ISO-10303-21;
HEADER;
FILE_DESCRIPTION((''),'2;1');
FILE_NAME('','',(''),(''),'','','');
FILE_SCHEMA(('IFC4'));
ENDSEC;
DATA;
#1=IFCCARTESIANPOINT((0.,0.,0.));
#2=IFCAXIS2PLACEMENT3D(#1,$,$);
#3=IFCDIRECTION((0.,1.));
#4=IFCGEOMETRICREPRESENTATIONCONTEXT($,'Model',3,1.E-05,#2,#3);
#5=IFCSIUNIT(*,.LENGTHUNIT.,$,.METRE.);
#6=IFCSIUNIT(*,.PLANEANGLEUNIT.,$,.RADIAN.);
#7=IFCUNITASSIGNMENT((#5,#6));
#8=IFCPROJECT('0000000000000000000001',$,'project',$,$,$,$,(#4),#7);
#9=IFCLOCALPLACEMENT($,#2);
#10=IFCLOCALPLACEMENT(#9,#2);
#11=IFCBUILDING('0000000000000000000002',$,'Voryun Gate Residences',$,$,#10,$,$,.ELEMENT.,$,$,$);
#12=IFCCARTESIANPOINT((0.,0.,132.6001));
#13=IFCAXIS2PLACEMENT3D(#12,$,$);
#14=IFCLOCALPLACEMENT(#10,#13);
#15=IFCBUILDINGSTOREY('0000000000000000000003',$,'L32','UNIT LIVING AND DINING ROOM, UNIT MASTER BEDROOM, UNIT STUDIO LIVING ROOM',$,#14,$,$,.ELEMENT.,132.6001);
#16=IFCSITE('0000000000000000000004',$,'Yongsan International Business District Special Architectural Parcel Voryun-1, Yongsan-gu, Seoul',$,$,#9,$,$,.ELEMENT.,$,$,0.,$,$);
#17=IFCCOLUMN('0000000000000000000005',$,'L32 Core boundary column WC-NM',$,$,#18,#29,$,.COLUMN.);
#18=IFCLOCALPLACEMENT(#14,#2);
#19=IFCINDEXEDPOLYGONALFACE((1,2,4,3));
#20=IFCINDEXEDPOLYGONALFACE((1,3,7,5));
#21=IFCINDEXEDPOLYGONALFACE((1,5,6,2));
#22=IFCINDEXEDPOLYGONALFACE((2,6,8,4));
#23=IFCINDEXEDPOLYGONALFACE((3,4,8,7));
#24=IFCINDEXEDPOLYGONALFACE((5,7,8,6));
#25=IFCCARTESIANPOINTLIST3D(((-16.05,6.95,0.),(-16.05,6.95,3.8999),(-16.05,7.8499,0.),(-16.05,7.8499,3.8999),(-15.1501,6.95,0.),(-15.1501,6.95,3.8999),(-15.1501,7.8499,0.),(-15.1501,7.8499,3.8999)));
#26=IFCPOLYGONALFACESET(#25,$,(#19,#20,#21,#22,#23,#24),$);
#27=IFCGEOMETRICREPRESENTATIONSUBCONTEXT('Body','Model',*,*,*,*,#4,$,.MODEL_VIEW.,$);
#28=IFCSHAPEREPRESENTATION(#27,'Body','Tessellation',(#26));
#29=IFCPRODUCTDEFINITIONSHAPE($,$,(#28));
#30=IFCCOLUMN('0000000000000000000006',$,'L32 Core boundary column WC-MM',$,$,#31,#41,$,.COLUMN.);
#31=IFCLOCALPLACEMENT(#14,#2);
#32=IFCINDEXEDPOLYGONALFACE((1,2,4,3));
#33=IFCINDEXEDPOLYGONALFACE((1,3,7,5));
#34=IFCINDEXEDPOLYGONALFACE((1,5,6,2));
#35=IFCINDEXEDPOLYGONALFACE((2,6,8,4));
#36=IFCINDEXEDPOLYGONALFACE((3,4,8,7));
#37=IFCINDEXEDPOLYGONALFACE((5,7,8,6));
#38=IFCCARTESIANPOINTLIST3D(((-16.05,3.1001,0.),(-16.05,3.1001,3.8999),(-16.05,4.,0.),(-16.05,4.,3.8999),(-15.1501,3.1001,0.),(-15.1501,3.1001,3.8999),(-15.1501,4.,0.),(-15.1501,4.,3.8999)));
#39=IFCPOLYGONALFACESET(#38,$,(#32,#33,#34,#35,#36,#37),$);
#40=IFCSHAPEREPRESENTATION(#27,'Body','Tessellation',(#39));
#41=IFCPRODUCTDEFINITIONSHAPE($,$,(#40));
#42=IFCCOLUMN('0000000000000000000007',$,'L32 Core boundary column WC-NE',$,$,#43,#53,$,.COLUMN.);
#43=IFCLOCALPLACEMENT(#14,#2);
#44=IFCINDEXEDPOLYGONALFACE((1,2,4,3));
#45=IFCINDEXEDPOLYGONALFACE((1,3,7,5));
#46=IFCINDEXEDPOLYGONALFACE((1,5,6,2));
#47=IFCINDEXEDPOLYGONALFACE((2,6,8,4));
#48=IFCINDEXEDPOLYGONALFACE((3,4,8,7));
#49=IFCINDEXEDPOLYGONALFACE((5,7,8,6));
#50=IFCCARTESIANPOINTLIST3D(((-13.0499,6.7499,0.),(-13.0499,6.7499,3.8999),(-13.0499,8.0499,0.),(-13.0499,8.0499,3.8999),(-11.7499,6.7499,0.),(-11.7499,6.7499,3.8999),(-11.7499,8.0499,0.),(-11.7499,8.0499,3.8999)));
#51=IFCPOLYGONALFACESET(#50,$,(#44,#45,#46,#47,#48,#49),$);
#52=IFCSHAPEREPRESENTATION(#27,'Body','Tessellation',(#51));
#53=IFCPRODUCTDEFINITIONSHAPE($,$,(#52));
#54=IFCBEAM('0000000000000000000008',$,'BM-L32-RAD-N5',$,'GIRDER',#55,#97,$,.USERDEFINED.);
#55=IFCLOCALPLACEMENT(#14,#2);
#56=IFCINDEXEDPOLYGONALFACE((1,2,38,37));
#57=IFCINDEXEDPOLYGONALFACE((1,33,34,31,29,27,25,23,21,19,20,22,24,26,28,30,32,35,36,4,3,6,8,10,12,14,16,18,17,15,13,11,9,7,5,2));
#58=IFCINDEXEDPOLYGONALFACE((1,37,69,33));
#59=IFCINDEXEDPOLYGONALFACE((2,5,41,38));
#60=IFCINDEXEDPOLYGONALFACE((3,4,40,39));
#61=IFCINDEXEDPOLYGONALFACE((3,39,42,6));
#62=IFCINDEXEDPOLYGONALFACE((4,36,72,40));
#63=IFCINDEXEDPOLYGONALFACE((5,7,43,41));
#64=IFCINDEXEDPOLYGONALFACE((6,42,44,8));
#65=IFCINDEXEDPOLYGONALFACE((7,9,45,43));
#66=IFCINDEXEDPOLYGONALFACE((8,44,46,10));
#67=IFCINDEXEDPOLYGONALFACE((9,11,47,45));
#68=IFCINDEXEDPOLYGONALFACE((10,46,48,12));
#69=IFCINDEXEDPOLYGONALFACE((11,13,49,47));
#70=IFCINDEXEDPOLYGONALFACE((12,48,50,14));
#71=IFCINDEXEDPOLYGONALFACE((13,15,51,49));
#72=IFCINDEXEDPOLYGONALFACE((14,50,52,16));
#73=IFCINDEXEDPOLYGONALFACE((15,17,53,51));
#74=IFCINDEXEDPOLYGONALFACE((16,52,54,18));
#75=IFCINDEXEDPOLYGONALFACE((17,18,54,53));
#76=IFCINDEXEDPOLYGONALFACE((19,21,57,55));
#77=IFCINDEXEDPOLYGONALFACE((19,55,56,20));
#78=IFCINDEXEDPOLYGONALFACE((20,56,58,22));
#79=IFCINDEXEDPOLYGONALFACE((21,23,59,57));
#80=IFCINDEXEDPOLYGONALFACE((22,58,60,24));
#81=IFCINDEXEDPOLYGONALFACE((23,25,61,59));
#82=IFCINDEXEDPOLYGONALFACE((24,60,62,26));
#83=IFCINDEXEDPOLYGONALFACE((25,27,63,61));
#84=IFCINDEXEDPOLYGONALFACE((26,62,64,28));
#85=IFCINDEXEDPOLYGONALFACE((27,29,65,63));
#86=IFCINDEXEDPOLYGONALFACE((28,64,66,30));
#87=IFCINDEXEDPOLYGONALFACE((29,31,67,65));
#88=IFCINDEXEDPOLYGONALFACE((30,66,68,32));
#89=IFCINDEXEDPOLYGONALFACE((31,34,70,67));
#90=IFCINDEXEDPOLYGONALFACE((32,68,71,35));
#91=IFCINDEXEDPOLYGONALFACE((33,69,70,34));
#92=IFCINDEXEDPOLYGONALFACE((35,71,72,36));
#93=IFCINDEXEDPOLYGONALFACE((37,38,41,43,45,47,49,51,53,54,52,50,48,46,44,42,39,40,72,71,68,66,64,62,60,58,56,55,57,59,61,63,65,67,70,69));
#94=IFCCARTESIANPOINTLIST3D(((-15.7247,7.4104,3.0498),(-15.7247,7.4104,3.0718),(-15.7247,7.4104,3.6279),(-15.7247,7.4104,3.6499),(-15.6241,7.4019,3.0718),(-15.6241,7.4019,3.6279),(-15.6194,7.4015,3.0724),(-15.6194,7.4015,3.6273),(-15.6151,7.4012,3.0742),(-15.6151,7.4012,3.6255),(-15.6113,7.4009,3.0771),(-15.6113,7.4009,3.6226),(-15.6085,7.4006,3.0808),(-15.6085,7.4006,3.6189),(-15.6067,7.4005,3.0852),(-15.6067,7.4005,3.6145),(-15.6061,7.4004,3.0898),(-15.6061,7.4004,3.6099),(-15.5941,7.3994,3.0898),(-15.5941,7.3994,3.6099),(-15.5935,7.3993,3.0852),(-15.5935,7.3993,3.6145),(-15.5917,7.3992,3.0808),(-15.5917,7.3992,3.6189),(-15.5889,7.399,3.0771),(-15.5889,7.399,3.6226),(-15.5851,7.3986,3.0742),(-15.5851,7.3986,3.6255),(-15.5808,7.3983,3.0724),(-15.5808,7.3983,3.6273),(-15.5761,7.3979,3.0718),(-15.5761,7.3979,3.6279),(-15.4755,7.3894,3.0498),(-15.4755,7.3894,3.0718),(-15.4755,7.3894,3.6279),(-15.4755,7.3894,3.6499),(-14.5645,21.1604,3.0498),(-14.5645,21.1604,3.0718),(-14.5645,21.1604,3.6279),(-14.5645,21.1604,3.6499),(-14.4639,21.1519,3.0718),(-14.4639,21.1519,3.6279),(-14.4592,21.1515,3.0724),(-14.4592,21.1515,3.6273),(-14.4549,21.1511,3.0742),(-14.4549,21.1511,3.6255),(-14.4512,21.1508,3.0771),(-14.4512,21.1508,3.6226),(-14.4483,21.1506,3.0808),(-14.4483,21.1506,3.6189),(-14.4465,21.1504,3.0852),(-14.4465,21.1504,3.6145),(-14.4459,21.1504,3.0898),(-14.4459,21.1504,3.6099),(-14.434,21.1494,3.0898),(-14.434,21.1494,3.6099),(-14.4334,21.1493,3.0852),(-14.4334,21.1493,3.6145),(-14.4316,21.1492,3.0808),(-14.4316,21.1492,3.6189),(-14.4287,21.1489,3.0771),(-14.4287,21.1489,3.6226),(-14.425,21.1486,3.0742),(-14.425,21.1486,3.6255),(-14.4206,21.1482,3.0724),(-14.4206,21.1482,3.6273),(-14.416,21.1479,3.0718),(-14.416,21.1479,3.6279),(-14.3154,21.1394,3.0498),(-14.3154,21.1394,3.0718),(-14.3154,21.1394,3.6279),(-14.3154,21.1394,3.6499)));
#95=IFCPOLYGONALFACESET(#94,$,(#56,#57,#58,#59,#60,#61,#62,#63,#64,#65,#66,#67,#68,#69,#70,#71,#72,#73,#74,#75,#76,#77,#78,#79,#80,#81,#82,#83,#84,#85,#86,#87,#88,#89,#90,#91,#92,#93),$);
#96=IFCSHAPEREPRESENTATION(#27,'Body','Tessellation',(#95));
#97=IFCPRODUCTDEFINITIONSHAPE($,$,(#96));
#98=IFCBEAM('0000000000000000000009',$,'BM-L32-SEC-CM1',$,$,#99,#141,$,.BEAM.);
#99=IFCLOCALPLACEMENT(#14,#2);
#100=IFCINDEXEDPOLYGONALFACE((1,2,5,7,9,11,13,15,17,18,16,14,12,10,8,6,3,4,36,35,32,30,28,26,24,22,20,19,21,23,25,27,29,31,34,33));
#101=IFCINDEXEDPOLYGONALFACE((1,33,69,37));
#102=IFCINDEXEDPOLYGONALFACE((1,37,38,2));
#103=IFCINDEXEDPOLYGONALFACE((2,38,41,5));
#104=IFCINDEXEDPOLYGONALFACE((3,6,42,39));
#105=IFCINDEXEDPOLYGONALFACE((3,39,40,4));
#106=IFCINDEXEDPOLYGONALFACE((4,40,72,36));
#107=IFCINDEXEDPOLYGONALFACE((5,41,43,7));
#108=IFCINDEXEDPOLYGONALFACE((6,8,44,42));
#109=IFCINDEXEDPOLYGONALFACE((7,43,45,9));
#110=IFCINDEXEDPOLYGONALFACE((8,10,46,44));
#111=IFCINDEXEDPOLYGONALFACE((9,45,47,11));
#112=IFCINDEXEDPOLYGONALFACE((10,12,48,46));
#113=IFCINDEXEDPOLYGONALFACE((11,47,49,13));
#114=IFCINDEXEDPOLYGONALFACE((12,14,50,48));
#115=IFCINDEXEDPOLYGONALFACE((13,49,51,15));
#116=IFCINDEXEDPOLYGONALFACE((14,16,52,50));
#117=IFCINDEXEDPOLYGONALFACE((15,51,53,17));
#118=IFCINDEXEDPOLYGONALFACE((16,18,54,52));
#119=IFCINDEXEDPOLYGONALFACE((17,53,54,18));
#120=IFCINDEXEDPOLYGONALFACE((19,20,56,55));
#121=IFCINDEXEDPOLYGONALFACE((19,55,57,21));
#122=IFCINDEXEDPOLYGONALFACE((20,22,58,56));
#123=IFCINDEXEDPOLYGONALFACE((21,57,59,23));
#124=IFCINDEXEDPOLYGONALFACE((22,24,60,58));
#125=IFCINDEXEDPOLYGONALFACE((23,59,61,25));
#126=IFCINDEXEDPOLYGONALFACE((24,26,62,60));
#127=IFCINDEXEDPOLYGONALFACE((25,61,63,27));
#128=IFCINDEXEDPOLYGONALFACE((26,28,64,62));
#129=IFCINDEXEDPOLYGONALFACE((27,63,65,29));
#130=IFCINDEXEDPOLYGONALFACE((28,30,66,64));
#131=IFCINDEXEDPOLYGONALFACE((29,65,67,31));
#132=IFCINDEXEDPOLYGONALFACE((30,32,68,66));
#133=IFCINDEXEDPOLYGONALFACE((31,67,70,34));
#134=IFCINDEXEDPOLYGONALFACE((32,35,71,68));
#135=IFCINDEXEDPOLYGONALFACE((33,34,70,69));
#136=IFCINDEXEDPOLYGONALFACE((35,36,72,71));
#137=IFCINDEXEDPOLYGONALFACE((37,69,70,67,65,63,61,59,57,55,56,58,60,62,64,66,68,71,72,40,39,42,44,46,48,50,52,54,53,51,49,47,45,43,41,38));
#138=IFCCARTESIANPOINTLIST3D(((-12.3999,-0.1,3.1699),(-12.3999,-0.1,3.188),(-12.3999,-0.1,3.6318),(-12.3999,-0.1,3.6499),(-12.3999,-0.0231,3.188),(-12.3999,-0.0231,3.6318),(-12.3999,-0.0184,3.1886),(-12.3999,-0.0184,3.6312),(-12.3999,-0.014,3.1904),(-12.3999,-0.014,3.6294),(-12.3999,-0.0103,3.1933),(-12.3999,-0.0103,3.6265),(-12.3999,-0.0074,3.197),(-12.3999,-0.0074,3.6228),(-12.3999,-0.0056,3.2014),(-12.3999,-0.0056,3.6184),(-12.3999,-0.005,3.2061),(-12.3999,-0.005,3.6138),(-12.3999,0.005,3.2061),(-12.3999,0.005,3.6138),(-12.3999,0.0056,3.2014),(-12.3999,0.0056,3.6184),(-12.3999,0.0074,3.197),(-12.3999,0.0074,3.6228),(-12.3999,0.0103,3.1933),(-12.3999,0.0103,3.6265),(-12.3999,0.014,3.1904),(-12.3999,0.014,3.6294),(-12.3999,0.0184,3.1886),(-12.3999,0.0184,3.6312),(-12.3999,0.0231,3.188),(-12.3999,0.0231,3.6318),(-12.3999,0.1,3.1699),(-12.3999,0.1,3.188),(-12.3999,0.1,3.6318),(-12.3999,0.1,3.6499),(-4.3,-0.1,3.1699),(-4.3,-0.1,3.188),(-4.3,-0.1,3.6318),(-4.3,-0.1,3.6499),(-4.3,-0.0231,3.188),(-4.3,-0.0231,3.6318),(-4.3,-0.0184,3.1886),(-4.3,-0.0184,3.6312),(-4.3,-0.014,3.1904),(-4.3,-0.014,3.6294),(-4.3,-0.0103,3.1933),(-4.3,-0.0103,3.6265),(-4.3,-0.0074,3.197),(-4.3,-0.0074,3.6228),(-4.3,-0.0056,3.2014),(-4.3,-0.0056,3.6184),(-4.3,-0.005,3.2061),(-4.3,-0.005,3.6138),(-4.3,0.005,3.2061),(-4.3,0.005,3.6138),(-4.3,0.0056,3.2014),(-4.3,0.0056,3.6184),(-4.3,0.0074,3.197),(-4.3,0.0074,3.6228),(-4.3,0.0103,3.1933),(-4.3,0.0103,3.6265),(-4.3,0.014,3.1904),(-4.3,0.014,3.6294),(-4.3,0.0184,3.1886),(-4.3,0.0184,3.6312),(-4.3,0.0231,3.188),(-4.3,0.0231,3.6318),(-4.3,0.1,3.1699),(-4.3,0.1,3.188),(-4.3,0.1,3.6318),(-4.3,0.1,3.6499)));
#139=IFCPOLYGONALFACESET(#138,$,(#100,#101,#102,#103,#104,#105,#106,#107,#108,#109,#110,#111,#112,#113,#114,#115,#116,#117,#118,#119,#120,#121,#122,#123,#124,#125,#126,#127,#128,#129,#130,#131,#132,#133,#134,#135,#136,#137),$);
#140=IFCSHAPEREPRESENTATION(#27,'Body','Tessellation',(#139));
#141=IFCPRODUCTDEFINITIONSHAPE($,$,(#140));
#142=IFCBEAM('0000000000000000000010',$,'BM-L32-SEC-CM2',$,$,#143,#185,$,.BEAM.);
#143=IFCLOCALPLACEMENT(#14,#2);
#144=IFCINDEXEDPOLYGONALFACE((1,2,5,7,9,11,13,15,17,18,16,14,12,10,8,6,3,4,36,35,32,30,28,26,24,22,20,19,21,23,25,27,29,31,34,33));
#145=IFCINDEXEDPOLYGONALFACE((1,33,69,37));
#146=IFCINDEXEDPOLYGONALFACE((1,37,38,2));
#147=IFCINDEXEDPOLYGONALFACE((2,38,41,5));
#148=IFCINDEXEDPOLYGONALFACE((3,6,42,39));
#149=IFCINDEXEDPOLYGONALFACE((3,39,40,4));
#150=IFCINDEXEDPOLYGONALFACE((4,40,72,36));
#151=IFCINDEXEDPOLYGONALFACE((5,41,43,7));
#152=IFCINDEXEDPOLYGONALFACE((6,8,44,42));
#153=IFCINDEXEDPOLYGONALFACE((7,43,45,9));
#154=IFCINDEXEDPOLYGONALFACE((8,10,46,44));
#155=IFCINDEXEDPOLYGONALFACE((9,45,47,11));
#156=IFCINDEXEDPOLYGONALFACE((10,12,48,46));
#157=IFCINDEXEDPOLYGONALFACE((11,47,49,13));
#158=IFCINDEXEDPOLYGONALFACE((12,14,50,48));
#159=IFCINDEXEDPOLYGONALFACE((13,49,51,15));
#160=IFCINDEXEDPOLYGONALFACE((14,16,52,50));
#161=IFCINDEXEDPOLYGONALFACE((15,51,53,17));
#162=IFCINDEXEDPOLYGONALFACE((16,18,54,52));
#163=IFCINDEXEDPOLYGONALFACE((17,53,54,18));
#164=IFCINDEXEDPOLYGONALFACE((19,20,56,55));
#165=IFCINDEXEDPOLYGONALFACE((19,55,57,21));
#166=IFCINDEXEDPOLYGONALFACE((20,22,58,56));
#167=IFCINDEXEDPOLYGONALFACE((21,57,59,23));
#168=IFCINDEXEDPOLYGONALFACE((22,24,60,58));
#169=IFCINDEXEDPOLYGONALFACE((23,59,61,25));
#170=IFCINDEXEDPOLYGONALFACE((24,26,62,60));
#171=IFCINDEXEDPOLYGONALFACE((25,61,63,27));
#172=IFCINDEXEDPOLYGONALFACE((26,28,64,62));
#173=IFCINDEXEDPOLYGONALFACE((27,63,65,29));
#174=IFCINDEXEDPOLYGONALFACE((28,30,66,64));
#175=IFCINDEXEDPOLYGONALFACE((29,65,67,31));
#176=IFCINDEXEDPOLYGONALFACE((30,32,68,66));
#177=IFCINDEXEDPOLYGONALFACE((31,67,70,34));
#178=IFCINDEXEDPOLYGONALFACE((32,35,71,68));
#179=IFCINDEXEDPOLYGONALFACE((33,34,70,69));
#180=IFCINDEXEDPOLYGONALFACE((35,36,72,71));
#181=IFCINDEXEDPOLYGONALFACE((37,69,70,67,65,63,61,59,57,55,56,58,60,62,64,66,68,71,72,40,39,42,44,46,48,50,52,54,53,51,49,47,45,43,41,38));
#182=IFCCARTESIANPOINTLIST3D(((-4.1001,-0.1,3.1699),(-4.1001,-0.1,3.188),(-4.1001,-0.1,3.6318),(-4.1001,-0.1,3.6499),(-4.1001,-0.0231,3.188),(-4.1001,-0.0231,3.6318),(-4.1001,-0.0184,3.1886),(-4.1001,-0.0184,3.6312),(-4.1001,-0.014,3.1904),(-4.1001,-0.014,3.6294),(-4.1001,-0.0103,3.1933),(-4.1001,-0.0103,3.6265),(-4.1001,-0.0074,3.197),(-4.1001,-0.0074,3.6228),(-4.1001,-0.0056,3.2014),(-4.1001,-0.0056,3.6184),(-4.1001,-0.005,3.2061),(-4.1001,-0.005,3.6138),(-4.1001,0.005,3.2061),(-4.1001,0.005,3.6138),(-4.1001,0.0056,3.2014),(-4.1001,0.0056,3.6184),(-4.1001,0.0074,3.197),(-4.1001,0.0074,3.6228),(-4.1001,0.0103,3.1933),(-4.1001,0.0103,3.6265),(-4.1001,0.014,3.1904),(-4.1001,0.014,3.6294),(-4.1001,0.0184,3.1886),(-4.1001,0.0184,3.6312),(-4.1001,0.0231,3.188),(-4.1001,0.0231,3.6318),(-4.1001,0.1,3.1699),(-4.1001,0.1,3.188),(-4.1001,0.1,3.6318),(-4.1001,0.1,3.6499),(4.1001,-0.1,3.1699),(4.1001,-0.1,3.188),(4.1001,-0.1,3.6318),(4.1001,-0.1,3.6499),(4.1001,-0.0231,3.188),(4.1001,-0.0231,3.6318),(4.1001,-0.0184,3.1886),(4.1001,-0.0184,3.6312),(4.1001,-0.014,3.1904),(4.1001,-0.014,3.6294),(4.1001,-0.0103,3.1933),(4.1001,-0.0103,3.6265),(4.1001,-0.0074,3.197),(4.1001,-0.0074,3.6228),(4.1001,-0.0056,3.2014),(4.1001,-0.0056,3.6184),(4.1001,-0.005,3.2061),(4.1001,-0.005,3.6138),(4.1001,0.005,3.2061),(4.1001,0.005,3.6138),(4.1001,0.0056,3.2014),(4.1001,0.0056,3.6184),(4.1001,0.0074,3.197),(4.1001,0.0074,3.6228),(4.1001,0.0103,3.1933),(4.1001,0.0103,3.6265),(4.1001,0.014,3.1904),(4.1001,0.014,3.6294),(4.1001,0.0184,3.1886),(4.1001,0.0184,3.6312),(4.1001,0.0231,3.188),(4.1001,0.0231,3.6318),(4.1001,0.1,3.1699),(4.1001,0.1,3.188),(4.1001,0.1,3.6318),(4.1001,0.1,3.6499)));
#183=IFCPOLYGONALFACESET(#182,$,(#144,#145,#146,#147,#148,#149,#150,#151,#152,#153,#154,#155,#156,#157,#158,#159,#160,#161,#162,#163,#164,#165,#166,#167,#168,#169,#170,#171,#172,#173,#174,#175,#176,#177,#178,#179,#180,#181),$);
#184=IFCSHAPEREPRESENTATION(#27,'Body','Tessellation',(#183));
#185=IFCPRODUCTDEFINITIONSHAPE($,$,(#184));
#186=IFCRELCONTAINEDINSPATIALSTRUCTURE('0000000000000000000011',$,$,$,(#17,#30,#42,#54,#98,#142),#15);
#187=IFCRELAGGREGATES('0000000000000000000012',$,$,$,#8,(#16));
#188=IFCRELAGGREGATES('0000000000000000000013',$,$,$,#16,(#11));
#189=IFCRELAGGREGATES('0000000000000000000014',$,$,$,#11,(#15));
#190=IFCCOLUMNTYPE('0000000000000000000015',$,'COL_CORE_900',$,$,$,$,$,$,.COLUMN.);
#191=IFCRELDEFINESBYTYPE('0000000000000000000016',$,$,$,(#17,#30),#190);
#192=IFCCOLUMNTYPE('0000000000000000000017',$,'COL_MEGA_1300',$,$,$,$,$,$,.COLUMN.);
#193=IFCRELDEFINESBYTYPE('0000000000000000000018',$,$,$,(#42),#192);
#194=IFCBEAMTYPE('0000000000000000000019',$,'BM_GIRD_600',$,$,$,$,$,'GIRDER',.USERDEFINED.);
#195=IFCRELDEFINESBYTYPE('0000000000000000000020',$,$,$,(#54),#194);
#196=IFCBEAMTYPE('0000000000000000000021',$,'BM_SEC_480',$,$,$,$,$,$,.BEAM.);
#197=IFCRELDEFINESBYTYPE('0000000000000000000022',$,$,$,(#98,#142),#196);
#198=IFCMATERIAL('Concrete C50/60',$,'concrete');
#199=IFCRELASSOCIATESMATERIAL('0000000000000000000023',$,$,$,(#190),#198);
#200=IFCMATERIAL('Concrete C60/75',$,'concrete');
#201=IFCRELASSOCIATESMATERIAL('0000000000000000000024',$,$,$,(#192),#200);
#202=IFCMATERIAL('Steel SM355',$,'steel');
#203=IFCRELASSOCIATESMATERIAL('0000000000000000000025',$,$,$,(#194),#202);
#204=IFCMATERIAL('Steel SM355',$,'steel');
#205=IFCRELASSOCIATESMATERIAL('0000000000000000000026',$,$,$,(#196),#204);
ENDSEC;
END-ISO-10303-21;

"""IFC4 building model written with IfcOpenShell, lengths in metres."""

from ifc_helpers import new_model, si_unit, direction, frame, origin, origin_2d, place, context, subcontext, project, spatial, rectangle, i_section, extrude, material, material_profile, profile_set, type_object, element, save


model = new_model("IFC4")

# Units and contexts
model_context = context("Model", 3, precision=1e-05, world=origin(), true_north=direction((0.0, 1.0)))
body_context = subcontext(model_context, "Body", "Model", "MODEL_VIEW")
ifc_project = project(units=[si_unit("LENGTHUNIT", "METRE"), si_unit("PLANEANGLEUNIT", "RADIAN")], contexts=[model_context])

# Site, building, storey
site_placement = place(None, origin())
site = spatial("IfcSite", under=ifc_project, at=site_placement, Name="Yongsan International Business District Special Architectural Parcel Voryun-1, Yongsan-gu, Seoul", CompositionType="ELEMENT", RefElevation=0.0)
building_placement = place(site_placement, origin())
building = spatial("IfcBuilding", under=site, at=building_placement, Name="Voryun Gate Residences", CompositionType="ELEMENT")
storey_placement = place(building_placement, frame((0.0, 0.0, 132.6001)))
storey = spatial("IfcBuildingStorey", under=building, at=storey_placement, Name="L32", Description="UNIT LIVING AND DINING ROOM, UNIT MASTER BEDROOM, UNIT STUDIO LIVING ROOM", CompositionType="ELEMENT", Elevation=132.6001)

# Columns
ifc_material_1 = material(Name="Concrete C50/60", Category="concrete")
ifc_material_profile_1 = material_profile(ifc_material_1, rectangle(XDim=0.8999, YDim=0.8999, at=origin_2d()), Name="RC-900x900")
ifc_profile_set_1 = profile_set([ifc_material_profile_1], Name="Concrete C50/60")
column_type_1 = type_object("IfcColumnType", Name="COL_CORE_900", PredefinedType="COLUMN", material=ifc_profile_set_1)
for number, where, z_axis, x_axis, name in (
    (1, (-15.6001, 7.3999, 0.0), (0.0, 0.0, 1.0), (1.0, 0.0, 0.0), "L32 Core boundary column WC-NM"),
    (2, (-15.6001, 3.55, 0.0), (0.0, 0.0, 1.0), (1.0, 0.0, 0.0), "L32 Core boundary column WC-MM"),
):
    element("IfcColumn", number, at=place(storey_placement, frame(where, z_axis=z_axis, x_axis=x_axis)), inside=storey, type_object=column_type_1, Name=name, PredefinedType="COLUMN", context=body_context, shape_type="SweptSolid", body=[
        extrude(rectangle(XDim=0.8999, YDim=0.8999, at=origin_2d()), origin(), (0.0, 0.0, 1.0), 3.8999),
    ])
ifc_material_2 = material(Name="Concrete C60/75", Category="concrete")
ifc_material_profile_2 = material_profile(ifc_material_2, rectangle(XDim=1.3, YDim=1.3, at=origin_2d()), Name="RC-1300x1300")
ifc_profile_set_2 = profile_set([ifc_material_profile_2], Name="Concrete C60/75")
column_type_2 = type_object("IfcColumnType", Name="COL_MEGA_1300", PredefinedType="COLUMN", material=ifc_profile_set_2)
column_placement = place(storey_placement, frame((-12.3999, 7.3999, 0.0), z_axis=(0.0, 0.0, 1.0), x_axis=(1.0, 0.0, 0.0)))
element("IfcColumn", 3, at=column_placement, inside=storey, type_object=column_type_2, Name="L32 Core boundary column WC-NE", PredefinedType="COLUMN", context=body_context, shape_type="SweptSolid", body=[
    extrude(rectangle(XDim=1.3, YDim=1.3, at=origin_2d()), origin(), (0.0, 0.0, 1.0), 3.8999),
])

# Beams
ifc_material_3 = material(Name="Steel SM355", Category="steel")
ifc_material_profile_3 = material_profile(ifc_material_3, i_section(OverallWidth=0.25, OverallDepth=0.6001, WebThickness=0.012, FlangeThickness=0.022, FilletRadius=0.0181, at=origin_2d()), Name="H-600x250x12x22")
ifc_profile_set_3 = profile_set([ifc_material_profile_3], Name="Steel SM355")
beam_type_1 = type_object("IfcBeamType", Name="BM_GIRD_600", ElementType="GIRDER", PredefinedType="USERDEFINED", material=ifc_profile_set_3)
beam_1_placement = place(storey_placement, frame((-15.6001, 7.3999, 3.3499), z_axis=(0.084076, 0.996459, 0.0), x_axis=(-0.996459, 0.084076, 0.0)))
element("IfcBeam", 4, at=beam_1_placement, inside=storey, type_object=beam_type_1, Name="BM-L32-RAD-N5", ObjectType="GIRDER", PredefinedType="USERDEFINED", context=body_context, shape_type="SweptSolid", body=[
    extrude(i_section(OverallWidth=0.25, OverallDepth=0.6001, WebThickness=0.012, FlangeThickness=0.022, FilletRadius=0.0181, at=origin_2d()), origin(), (0.0, 0.0, 1.0), 13.7988),
])
ifc_material_4 = material(Name="Steel SM355", Category="steel")
ifc_material_profile_4 = material_profile(ifc_material_4, i_section(OverallWidth=0.2, OverallDepth=0.48, WebThickness=0.01, FlangeThickness=0.0181, FilletRadius=0.0181, at=origin_2d()), Name="H-480x200x10x18")
ifc_profile_set_4 = profile_set([ifc_material_profile_4], Name="Steel SM355")
beam_type_2 = type_object("IfcBeamType", Name="BM_SEC_480", PredefinedType="BEAM", material=ifc_profile_set_4)
beam_2_placement = place(storey_placement, frame((-12.3999, 0.0, 3.4099), z_axis=(1.0, 0.0, 0.0), x_axis=(0.0, 1.0, 0.0)))
element("IfcBeam", 5, at=beam_2_placement, inside=storey, type_object=beam_type_2, Name="BM-L32-SEC-CM1", PredefinedType="BEAM", context=body_context, shape_type="SweptSolid", body=[
    extrude(i_section(OverallWidth=0.2, OverallDepth=0.48, WebThickness=0.01, FlangeThickness=0.0181, FilletRadius=0.0181, at=origin_2d()), origin(), (0.0, 0.0, 1.0), 8.0999),
])
beam_3_placement = place(storey_placement, frame((-4.1001, 0.0, 3.4099), z_axis=(1.0, 0.0, 0.0), x_axis=(0.0, 1.0, 0.0)))
element("IfcBeam", 6, at=beam_3_placement, inside=storey, type_object=beam_type_2, Name="BM-L32-SEC-CM2", PredefinedType="BEAM", context=body_context, shape_type="SweptSolid", body=[
    extrude(i_section(OverallWidth=0.2, OverallDepth=0.48, WebThickness=0.01, FlangeThickness=0.0181, FilletRadius=0.0181, at=origin_2d()), origin(), (0.0, 0.0, 1.0), 8.2002),
])

save(model, "model.ifc")
